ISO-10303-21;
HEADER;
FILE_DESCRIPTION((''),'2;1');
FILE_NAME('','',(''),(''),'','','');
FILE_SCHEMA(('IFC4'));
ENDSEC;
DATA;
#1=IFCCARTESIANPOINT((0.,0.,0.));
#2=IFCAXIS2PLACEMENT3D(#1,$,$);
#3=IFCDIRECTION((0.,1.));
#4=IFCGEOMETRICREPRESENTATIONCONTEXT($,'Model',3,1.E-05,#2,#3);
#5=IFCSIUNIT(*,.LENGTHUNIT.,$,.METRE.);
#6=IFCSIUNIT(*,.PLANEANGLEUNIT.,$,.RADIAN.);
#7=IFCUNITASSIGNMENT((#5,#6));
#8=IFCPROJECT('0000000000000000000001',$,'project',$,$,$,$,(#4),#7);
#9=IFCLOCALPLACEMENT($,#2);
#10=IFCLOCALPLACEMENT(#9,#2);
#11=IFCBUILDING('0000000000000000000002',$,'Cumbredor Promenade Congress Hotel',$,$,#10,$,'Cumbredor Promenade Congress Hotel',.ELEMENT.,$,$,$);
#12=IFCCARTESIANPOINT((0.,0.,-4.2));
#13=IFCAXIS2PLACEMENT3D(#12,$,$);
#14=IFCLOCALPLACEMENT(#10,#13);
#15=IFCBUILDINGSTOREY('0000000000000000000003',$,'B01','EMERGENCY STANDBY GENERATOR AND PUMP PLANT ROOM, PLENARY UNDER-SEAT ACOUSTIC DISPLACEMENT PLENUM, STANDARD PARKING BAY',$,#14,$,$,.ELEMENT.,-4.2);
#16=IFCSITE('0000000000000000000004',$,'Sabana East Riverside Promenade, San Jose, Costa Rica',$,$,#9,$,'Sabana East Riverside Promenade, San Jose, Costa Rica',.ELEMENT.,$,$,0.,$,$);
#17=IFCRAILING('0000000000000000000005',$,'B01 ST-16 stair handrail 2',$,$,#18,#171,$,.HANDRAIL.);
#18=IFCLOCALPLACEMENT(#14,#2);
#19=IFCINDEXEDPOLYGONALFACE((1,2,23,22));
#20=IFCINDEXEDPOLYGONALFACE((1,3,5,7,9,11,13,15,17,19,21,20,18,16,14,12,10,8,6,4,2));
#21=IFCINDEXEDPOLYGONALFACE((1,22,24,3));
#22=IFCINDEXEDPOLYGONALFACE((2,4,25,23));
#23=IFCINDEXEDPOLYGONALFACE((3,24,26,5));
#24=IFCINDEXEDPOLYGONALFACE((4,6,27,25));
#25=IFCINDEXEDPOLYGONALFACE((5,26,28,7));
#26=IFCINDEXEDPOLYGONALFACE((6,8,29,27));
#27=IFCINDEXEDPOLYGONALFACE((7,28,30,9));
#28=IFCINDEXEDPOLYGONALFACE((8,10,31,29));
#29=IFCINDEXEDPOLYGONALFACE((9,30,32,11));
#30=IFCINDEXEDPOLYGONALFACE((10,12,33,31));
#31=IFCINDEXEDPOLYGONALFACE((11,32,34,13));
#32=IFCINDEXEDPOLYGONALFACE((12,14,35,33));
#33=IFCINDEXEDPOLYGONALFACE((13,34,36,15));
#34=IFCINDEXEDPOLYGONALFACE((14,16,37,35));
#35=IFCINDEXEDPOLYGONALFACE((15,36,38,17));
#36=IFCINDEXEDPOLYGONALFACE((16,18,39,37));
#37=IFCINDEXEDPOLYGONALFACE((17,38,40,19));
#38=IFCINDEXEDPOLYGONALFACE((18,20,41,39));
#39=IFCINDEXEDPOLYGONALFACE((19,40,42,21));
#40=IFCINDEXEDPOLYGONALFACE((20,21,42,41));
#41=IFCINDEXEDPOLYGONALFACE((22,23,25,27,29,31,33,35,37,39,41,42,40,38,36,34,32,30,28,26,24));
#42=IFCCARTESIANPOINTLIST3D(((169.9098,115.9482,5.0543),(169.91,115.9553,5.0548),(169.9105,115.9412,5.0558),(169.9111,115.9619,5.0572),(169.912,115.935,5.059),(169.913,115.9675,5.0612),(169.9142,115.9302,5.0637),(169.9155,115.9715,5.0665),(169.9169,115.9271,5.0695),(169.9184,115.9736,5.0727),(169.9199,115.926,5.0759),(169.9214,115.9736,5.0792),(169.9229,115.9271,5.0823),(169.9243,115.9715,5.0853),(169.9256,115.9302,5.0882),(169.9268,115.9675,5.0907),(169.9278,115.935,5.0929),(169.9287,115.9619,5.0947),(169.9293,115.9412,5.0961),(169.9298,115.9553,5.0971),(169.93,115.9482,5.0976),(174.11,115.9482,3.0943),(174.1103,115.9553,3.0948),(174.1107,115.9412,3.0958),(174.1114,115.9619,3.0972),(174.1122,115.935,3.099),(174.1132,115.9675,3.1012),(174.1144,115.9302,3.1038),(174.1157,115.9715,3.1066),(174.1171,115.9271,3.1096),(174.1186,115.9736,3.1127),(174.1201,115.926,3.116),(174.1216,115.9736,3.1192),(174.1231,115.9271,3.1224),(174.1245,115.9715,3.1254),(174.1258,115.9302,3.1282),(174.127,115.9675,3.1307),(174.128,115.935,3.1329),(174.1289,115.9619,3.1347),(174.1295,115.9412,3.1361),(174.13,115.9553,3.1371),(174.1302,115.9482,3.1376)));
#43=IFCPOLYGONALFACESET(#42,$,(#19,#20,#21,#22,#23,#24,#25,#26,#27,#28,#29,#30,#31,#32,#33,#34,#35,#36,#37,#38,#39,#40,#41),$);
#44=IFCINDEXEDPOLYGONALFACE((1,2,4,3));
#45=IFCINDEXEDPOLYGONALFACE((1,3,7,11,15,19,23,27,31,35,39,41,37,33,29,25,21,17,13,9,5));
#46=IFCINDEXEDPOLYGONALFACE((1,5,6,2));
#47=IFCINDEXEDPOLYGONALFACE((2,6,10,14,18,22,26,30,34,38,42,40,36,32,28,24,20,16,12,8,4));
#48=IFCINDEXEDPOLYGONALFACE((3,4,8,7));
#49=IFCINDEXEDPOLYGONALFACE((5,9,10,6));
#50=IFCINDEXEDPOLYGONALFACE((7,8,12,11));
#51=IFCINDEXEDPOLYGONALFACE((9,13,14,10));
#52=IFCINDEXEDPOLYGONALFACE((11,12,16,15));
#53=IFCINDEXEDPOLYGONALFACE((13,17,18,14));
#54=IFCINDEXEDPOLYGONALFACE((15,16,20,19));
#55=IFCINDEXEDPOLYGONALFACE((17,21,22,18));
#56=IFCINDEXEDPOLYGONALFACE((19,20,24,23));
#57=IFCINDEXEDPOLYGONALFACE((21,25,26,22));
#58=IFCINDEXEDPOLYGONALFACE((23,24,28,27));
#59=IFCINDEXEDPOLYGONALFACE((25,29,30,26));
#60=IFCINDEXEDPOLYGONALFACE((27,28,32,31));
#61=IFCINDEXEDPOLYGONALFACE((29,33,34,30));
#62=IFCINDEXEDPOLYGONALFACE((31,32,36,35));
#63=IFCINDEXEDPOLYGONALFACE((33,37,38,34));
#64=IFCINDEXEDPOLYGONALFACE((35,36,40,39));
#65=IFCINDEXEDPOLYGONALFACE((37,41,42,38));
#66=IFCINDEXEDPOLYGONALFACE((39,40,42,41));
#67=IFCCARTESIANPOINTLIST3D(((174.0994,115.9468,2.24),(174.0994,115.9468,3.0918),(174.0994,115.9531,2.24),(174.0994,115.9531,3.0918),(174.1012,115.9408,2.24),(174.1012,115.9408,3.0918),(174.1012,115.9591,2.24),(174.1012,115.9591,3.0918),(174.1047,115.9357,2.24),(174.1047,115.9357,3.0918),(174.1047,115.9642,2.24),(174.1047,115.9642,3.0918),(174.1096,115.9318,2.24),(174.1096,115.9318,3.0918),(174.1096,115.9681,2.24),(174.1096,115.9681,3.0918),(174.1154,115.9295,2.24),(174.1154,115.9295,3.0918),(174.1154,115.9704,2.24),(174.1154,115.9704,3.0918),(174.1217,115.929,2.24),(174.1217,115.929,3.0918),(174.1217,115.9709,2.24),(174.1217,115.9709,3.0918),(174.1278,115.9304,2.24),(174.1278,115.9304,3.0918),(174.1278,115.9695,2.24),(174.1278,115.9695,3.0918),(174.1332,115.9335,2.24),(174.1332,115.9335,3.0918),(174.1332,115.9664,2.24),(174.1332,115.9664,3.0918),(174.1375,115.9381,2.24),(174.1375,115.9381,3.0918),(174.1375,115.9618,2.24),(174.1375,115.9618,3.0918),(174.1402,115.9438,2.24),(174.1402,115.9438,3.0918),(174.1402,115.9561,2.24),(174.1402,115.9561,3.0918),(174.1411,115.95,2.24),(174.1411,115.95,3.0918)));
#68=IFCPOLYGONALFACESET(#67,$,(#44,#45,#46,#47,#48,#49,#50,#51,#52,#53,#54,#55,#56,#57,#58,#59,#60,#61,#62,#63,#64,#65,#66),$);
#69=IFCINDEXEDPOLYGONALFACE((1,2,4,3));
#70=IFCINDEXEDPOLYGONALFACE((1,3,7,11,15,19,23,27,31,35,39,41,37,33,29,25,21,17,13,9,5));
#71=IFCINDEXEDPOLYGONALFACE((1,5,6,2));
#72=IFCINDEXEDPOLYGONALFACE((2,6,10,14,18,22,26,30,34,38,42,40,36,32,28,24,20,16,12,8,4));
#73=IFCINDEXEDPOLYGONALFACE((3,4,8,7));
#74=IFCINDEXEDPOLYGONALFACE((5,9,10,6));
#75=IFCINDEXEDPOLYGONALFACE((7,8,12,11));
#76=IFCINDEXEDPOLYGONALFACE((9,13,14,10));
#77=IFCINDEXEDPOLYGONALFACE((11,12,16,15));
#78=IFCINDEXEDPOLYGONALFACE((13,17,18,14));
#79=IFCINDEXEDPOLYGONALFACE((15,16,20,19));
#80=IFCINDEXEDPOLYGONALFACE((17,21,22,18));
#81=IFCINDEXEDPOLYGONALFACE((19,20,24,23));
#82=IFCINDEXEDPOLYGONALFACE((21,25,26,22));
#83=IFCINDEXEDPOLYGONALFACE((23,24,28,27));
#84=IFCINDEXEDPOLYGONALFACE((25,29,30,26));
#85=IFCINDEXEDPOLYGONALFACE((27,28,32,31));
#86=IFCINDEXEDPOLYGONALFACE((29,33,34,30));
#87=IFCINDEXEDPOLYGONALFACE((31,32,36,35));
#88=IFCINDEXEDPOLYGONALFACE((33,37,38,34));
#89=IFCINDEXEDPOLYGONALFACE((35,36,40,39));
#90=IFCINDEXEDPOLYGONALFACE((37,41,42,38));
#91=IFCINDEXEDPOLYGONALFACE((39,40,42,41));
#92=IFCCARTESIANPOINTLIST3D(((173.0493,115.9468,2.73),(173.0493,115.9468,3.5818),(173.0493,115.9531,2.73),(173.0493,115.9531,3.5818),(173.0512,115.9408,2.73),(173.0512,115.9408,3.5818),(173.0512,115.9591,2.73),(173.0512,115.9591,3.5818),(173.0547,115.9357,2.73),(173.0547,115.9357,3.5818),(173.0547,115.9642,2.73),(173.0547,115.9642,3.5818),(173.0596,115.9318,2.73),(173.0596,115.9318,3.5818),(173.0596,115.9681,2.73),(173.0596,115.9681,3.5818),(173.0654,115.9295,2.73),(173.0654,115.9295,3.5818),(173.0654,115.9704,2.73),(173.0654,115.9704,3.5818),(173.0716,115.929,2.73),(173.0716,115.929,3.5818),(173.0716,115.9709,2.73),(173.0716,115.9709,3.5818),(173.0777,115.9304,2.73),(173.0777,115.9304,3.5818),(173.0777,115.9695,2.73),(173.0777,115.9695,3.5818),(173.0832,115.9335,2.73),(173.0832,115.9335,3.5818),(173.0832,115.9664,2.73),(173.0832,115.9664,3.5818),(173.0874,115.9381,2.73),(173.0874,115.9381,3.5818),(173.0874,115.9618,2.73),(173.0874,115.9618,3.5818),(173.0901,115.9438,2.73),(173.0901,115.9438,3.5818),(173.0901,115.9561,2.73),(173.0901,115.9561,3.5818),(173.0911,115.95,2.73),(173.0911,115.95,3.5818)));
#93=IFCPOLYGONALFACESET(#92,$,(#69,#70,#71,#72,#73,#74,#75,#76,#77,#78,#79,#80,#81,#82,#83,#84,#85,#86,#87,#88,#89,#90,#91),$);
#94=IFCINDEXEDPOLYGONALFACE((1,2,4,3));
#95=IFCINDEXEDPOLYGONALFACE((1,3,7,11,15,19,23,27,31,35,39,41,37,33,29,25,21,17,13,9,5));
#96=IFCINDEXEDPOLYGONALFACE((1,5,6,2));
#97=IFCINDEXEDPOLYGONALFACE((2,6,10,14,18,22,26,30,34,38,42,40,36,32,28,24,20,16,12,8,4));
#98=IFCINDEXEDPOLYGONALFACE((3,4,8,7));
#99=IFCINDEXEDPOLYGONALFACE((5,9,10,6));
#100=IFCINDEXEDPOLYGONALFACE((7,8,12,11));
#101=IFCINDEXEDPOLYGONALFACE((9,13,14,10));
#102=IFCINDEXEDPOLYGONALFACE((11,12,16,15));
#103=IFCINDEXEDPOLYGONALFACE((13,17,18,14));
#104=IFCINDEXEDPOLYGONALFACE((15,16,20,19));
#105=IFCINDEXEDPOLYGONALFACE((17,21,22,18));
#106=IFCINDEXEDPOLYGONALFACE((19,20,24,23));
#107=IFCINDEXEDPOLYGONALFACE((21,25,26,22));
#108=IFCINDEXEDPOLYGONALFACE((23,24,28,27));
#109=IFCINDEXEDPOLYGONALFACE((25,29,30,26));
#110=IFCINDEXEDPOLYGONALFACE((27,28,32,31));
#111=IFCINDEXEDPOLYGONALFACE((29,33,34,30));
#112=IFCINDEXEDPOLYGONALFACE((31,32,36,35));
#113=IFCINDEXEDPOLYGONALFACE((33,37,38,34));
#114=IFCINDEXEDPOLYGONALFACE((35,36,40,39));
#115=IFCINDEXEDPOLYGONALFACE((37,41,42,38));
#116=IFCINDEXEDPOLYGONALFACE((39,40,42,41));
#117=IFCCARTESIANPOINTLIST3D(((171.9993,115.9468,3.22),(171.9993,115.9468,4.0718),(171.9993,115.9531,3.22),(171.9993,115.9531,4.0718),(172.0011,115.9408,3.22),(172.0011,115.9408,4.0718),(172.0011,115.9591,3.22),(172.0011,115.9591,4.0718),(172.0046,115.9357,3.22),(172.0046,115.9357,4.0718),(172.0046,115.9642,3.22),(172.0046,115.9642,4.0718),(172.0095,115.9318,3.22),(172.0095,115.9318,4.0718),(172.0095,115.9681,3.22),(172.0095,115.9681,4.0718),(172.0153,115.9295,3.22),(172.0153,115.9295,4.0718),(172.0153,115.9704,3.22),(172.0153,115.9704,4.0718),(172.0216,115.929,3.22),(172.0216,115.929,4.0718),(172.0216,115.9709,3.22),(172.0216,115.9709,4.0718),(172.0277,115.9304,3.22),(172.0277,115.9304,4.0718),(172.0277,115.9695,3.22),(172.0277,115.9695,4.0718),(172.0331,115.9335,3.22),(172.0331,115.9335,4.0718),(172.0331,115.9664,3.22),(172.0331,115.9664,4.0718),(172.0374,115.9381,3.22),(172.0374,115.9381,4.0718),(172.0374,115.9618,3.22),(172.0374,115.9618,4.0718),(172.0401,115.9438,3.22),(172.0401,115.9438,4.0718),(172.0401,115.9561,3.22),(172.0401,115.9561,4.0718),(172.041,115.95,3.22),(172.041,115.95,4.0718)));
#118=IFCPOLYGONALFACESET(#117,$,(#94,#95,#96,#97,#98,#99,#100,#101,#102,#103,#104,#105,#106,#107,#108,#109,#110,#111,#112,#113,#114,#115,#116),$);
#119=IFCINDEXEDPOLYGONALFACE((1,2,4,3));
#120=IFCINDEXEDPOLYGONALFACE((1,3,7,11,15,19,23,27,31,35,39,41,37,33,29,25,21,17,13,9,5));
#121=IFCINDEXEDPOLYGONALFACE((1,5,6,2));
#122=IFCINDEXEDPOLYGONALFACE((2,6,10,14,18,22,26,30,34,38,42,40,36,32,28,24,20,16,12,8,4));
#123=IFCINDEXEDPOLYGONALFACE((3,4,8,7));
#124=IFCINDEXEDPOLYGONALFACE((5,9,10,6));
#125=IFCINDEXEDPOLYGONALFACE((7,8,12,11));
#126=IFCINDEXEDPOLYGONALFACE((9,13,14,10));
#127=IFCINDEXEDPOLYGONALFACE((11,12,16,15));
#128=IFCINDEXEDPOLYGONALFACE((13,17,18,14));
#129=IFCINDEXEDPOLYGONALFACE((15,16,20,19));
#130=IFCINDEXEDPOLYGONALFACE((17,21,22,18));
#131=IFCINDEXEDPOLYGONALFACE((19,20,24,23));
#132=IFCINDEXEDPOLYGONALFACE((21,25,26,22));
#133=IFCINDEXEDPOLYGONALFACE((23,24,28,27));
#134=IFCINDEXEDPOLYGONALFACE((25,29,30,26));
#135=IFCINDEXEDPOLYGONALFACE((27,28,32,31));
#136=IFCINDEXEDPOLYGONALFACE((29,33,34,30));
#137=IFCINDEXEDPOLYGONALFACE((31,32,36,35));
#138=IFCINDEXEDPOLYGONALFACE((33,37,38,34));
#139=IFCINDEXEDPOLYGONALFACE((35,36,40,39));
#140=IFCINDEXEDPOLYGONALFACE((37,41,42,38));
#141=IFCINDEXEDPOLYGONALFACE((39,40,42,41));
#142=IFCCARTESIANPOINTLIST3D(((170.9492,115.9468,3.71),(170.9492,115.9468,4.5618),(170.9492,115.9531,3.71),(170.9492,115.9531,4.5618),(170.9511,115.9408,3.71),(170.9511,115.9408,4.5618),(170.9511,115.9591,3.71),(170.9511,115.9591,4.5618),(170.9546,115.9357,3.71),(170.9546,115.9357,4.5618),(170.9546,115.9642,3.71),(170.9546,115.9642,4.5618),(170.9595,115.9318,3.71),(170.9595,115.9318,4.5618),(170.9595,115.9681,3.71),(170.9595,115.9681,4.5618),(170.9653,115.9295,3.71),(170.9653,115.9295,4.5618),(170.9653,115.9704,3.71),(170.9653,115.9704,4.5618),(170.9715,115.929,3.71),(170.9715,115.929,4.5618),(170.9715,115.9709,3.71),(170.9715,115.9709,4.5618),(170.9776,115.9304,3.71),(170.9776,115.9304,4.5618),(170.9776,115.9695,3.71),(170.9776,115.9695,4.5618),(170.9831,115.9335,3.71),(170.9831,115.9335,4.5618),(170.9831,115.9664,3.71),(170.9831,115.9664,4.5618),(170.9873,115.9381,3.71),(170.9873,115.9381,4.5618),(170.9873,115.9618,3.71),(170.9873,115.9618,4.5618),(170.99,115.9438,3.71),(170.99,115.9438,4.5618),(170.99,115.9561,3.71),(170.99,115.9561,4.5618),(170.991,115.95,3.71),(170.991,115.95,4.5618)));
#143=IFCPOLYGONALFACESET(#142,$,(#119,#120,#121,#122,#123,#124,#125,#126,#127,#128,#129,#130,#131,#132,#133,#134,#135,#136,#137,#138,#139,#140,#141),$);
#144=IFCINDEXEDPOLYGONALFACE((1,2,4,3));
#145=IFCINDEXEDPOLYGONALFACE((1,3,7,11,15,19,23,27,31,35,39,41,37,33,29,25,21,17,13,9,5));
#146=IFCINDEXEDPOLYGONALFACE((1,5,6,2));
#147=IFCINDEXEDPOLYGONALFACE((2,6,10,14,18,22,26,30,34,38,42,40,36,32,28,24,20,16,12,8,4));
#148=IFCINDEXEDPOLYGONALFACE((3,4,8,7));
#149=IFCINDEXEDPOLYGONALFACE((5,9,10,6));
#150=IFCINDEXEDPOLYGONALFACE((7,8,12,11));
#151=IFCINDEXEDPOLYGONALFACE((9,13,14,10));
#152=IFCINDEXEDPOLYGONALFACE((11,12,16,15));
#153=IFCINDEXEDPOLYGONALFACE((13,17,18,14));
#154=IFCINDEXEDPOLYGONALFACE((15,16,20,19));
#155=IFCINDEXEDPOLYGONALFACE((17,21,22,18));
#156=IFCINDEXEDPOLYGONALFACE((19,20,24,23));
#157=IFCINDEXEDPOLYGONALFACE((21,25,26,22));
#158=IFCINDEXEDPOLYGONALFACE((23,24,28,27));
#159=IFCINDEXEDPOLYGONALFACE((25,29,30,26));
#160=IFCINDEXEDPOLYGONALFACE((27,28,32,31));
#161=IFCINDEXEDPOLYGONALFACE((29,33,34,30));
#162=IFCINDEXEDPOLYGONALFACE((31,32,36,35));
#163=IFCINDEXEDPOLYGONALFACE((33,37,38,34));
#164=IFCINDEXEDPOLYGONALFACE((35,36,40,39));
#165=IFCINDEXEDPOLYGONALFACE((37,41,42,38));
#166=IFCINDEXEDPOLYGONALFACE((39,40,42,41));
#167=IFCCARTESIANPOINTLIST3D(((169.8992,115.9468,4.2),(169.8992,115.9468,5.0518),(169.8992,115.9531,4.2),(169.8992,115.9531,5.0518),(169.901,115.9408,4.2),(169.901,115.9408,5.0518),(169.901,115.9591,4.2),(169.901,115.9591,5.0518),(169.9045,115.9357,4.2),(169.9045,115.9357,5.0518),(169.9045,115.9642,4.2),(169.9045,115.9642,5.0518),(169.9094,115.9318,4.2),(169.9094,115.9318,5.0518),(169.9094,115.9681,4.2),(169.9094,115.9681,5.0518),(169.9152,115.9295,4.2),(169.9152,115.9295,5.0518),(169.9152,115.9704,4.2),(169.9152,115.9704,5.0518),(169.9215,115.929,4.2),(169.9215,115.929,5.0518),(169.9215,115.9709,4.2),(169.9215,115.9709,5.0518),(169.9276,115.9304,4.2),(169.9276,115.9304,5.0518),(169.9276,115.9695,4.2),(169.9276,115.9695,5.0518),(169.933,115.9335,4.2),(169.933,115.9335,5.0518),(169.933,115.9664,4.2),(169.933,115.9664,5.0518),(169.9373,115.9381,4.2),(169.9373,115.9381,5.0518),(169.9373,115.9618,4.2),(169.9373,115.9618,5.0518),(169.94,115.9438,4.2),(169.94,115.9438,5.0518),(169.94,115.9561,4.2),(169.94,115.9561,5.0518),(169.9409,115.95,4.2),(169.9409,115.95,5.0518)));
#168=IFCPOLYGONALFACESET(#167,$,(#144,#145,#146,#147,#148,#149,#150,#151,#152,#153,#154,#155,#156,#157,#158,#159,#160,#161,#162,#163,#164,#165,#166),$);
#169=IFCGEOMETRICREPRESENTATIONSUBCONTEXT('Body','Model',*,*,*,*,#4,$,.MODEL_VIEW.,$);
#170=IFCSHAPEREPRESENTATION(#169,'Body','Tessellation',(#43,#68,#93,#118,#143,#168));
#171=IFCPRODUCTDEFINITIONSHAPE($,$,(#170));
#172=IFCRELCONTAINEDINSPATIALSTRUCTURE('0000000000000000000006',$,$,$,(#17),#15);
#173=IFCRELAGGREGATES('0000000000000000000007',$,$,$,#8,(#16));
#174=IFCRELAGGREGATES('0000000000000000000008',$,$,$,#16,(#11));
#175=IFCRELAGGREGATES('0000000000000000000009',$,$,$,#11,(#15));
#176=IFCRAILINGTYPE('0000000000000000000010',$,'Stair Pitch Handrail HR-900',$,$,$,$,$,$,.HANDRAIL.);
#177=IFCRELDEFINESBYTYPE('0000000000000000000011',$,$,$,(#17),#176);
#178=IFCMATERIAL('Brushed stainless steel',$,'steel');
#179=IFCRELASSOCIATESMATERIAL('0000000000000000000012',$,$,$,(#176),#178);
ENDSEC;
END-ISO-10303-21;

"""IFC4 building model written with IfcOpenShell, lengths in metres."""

from ifc_helpers import new_model, si_unit, direction, frame, origin, origin_2d, place, context, subcontext, project, spatial, circle, extrude, material, type_object, element, save


model = new_model("IFC4")

# Units and contexts
model_context = context("Model", 3, precision=1e-05, world=origin(), true_north=direction((0.0, 1.0)))
body_context = subcontext(model_context, "Body", "Model", "MODEL_VIEW")
ifc_project = project(units=[si_unit("LENGTHUNIT", "METRE"), si_unit("PLANEANGLEUNIT", "RADIAN")], contexts=[model_context])

# Site, building, storey
site_placement = place(None, origin())
site = spatial("IfcSite", under=ifc_project, at=site_placement, Name="Sabana East Riverside Promenade, San Jose, Costa Rica", LongName="Sabana East Riverside Promenade, San Jose, Costa Rica", CompositionType="ELEMENT", RefElevation=0.0)
building_placement = place(site_placement, origin())
building = spatial("IfcBuilding", under=site, at=building_placement, Name="Cumbredor Promenade Congress Hotel", LongName="Cumbredor Promenade Congress Hotel", CompositionType="ELEMENT")
storey_placement = place(building_placement, frame((0.0, 0.0, -4.2)))
storey = spatial("IfcBuildingStorey", under=building, at=storey_placement, Name="B01", Description="EMERGENCY STANDBY GENERATOR AND PUMP PLANT ROOM, PLENARY UNDER-SEAT ACOUSTIC DISPLACEMENT PLENUM, STANDARD PARKING BAY", CompositionType="ELEMENT", Elevation=-4.2)

# Railing
ifc_material_1 = material(Name="Brushed stainless steel", Category="steel")
railing_type_1 = type_object("IfcRailingType", Name="Stair Pitch Handrail HR-900", PredefinedType="HANDRAIL", material=ifc_material_1)
railing_1_placement = place(storey_placement, frame((174.1201, 115.95, 2.24)))
element("IfcRailing", 1, at=railing_1_placement, inside=storey, type_object=railing_type_1, Name="B01 ST-16 stair handrail 2", PredefinedType="HANDRAIL", context=body_context, shape_type="SweptSolid", body=[
    extrude(circle(Radius=0.0239, at=origin_2d()), frame((0.0, 0.0, 0.876), z_axis=(-0.906194, 0.0, 0.422862), x_axis=(0.0, -1.0, 0.0)), (0.0, 0.0, 1.0), 4.635),
    extrude(circle(Radius=0.021, at=origin_2d()), origin(), (0.0, 0.0, 1.0), 0.8518),
    extrude(circle(Radius=0.021, at=origin_2d()), frame((-1.05, 0.0, 0.49)), (0.0, 0.0, 1.0), 0.8518),
    extrude(circle(Radius=0.021, at=origin_2d()), frame((-2.1001, 0.0, 0.98)), (0.0, 0.0, 1.0), 0.8518),
    extrude(circle(Radius=0.021, at=origin_2d()), frame((-3.1501, 0.0, 1.47)), (0.0, 0.0, 1.0), 0.8518),
    extrude(circle(Radius=0.021, at=origin_2d()), frame((-4.2002, 0.0, 1.96)), (0.0, 0.0, 1.0), 0.8518),
])

save(model, "model.ifc")
